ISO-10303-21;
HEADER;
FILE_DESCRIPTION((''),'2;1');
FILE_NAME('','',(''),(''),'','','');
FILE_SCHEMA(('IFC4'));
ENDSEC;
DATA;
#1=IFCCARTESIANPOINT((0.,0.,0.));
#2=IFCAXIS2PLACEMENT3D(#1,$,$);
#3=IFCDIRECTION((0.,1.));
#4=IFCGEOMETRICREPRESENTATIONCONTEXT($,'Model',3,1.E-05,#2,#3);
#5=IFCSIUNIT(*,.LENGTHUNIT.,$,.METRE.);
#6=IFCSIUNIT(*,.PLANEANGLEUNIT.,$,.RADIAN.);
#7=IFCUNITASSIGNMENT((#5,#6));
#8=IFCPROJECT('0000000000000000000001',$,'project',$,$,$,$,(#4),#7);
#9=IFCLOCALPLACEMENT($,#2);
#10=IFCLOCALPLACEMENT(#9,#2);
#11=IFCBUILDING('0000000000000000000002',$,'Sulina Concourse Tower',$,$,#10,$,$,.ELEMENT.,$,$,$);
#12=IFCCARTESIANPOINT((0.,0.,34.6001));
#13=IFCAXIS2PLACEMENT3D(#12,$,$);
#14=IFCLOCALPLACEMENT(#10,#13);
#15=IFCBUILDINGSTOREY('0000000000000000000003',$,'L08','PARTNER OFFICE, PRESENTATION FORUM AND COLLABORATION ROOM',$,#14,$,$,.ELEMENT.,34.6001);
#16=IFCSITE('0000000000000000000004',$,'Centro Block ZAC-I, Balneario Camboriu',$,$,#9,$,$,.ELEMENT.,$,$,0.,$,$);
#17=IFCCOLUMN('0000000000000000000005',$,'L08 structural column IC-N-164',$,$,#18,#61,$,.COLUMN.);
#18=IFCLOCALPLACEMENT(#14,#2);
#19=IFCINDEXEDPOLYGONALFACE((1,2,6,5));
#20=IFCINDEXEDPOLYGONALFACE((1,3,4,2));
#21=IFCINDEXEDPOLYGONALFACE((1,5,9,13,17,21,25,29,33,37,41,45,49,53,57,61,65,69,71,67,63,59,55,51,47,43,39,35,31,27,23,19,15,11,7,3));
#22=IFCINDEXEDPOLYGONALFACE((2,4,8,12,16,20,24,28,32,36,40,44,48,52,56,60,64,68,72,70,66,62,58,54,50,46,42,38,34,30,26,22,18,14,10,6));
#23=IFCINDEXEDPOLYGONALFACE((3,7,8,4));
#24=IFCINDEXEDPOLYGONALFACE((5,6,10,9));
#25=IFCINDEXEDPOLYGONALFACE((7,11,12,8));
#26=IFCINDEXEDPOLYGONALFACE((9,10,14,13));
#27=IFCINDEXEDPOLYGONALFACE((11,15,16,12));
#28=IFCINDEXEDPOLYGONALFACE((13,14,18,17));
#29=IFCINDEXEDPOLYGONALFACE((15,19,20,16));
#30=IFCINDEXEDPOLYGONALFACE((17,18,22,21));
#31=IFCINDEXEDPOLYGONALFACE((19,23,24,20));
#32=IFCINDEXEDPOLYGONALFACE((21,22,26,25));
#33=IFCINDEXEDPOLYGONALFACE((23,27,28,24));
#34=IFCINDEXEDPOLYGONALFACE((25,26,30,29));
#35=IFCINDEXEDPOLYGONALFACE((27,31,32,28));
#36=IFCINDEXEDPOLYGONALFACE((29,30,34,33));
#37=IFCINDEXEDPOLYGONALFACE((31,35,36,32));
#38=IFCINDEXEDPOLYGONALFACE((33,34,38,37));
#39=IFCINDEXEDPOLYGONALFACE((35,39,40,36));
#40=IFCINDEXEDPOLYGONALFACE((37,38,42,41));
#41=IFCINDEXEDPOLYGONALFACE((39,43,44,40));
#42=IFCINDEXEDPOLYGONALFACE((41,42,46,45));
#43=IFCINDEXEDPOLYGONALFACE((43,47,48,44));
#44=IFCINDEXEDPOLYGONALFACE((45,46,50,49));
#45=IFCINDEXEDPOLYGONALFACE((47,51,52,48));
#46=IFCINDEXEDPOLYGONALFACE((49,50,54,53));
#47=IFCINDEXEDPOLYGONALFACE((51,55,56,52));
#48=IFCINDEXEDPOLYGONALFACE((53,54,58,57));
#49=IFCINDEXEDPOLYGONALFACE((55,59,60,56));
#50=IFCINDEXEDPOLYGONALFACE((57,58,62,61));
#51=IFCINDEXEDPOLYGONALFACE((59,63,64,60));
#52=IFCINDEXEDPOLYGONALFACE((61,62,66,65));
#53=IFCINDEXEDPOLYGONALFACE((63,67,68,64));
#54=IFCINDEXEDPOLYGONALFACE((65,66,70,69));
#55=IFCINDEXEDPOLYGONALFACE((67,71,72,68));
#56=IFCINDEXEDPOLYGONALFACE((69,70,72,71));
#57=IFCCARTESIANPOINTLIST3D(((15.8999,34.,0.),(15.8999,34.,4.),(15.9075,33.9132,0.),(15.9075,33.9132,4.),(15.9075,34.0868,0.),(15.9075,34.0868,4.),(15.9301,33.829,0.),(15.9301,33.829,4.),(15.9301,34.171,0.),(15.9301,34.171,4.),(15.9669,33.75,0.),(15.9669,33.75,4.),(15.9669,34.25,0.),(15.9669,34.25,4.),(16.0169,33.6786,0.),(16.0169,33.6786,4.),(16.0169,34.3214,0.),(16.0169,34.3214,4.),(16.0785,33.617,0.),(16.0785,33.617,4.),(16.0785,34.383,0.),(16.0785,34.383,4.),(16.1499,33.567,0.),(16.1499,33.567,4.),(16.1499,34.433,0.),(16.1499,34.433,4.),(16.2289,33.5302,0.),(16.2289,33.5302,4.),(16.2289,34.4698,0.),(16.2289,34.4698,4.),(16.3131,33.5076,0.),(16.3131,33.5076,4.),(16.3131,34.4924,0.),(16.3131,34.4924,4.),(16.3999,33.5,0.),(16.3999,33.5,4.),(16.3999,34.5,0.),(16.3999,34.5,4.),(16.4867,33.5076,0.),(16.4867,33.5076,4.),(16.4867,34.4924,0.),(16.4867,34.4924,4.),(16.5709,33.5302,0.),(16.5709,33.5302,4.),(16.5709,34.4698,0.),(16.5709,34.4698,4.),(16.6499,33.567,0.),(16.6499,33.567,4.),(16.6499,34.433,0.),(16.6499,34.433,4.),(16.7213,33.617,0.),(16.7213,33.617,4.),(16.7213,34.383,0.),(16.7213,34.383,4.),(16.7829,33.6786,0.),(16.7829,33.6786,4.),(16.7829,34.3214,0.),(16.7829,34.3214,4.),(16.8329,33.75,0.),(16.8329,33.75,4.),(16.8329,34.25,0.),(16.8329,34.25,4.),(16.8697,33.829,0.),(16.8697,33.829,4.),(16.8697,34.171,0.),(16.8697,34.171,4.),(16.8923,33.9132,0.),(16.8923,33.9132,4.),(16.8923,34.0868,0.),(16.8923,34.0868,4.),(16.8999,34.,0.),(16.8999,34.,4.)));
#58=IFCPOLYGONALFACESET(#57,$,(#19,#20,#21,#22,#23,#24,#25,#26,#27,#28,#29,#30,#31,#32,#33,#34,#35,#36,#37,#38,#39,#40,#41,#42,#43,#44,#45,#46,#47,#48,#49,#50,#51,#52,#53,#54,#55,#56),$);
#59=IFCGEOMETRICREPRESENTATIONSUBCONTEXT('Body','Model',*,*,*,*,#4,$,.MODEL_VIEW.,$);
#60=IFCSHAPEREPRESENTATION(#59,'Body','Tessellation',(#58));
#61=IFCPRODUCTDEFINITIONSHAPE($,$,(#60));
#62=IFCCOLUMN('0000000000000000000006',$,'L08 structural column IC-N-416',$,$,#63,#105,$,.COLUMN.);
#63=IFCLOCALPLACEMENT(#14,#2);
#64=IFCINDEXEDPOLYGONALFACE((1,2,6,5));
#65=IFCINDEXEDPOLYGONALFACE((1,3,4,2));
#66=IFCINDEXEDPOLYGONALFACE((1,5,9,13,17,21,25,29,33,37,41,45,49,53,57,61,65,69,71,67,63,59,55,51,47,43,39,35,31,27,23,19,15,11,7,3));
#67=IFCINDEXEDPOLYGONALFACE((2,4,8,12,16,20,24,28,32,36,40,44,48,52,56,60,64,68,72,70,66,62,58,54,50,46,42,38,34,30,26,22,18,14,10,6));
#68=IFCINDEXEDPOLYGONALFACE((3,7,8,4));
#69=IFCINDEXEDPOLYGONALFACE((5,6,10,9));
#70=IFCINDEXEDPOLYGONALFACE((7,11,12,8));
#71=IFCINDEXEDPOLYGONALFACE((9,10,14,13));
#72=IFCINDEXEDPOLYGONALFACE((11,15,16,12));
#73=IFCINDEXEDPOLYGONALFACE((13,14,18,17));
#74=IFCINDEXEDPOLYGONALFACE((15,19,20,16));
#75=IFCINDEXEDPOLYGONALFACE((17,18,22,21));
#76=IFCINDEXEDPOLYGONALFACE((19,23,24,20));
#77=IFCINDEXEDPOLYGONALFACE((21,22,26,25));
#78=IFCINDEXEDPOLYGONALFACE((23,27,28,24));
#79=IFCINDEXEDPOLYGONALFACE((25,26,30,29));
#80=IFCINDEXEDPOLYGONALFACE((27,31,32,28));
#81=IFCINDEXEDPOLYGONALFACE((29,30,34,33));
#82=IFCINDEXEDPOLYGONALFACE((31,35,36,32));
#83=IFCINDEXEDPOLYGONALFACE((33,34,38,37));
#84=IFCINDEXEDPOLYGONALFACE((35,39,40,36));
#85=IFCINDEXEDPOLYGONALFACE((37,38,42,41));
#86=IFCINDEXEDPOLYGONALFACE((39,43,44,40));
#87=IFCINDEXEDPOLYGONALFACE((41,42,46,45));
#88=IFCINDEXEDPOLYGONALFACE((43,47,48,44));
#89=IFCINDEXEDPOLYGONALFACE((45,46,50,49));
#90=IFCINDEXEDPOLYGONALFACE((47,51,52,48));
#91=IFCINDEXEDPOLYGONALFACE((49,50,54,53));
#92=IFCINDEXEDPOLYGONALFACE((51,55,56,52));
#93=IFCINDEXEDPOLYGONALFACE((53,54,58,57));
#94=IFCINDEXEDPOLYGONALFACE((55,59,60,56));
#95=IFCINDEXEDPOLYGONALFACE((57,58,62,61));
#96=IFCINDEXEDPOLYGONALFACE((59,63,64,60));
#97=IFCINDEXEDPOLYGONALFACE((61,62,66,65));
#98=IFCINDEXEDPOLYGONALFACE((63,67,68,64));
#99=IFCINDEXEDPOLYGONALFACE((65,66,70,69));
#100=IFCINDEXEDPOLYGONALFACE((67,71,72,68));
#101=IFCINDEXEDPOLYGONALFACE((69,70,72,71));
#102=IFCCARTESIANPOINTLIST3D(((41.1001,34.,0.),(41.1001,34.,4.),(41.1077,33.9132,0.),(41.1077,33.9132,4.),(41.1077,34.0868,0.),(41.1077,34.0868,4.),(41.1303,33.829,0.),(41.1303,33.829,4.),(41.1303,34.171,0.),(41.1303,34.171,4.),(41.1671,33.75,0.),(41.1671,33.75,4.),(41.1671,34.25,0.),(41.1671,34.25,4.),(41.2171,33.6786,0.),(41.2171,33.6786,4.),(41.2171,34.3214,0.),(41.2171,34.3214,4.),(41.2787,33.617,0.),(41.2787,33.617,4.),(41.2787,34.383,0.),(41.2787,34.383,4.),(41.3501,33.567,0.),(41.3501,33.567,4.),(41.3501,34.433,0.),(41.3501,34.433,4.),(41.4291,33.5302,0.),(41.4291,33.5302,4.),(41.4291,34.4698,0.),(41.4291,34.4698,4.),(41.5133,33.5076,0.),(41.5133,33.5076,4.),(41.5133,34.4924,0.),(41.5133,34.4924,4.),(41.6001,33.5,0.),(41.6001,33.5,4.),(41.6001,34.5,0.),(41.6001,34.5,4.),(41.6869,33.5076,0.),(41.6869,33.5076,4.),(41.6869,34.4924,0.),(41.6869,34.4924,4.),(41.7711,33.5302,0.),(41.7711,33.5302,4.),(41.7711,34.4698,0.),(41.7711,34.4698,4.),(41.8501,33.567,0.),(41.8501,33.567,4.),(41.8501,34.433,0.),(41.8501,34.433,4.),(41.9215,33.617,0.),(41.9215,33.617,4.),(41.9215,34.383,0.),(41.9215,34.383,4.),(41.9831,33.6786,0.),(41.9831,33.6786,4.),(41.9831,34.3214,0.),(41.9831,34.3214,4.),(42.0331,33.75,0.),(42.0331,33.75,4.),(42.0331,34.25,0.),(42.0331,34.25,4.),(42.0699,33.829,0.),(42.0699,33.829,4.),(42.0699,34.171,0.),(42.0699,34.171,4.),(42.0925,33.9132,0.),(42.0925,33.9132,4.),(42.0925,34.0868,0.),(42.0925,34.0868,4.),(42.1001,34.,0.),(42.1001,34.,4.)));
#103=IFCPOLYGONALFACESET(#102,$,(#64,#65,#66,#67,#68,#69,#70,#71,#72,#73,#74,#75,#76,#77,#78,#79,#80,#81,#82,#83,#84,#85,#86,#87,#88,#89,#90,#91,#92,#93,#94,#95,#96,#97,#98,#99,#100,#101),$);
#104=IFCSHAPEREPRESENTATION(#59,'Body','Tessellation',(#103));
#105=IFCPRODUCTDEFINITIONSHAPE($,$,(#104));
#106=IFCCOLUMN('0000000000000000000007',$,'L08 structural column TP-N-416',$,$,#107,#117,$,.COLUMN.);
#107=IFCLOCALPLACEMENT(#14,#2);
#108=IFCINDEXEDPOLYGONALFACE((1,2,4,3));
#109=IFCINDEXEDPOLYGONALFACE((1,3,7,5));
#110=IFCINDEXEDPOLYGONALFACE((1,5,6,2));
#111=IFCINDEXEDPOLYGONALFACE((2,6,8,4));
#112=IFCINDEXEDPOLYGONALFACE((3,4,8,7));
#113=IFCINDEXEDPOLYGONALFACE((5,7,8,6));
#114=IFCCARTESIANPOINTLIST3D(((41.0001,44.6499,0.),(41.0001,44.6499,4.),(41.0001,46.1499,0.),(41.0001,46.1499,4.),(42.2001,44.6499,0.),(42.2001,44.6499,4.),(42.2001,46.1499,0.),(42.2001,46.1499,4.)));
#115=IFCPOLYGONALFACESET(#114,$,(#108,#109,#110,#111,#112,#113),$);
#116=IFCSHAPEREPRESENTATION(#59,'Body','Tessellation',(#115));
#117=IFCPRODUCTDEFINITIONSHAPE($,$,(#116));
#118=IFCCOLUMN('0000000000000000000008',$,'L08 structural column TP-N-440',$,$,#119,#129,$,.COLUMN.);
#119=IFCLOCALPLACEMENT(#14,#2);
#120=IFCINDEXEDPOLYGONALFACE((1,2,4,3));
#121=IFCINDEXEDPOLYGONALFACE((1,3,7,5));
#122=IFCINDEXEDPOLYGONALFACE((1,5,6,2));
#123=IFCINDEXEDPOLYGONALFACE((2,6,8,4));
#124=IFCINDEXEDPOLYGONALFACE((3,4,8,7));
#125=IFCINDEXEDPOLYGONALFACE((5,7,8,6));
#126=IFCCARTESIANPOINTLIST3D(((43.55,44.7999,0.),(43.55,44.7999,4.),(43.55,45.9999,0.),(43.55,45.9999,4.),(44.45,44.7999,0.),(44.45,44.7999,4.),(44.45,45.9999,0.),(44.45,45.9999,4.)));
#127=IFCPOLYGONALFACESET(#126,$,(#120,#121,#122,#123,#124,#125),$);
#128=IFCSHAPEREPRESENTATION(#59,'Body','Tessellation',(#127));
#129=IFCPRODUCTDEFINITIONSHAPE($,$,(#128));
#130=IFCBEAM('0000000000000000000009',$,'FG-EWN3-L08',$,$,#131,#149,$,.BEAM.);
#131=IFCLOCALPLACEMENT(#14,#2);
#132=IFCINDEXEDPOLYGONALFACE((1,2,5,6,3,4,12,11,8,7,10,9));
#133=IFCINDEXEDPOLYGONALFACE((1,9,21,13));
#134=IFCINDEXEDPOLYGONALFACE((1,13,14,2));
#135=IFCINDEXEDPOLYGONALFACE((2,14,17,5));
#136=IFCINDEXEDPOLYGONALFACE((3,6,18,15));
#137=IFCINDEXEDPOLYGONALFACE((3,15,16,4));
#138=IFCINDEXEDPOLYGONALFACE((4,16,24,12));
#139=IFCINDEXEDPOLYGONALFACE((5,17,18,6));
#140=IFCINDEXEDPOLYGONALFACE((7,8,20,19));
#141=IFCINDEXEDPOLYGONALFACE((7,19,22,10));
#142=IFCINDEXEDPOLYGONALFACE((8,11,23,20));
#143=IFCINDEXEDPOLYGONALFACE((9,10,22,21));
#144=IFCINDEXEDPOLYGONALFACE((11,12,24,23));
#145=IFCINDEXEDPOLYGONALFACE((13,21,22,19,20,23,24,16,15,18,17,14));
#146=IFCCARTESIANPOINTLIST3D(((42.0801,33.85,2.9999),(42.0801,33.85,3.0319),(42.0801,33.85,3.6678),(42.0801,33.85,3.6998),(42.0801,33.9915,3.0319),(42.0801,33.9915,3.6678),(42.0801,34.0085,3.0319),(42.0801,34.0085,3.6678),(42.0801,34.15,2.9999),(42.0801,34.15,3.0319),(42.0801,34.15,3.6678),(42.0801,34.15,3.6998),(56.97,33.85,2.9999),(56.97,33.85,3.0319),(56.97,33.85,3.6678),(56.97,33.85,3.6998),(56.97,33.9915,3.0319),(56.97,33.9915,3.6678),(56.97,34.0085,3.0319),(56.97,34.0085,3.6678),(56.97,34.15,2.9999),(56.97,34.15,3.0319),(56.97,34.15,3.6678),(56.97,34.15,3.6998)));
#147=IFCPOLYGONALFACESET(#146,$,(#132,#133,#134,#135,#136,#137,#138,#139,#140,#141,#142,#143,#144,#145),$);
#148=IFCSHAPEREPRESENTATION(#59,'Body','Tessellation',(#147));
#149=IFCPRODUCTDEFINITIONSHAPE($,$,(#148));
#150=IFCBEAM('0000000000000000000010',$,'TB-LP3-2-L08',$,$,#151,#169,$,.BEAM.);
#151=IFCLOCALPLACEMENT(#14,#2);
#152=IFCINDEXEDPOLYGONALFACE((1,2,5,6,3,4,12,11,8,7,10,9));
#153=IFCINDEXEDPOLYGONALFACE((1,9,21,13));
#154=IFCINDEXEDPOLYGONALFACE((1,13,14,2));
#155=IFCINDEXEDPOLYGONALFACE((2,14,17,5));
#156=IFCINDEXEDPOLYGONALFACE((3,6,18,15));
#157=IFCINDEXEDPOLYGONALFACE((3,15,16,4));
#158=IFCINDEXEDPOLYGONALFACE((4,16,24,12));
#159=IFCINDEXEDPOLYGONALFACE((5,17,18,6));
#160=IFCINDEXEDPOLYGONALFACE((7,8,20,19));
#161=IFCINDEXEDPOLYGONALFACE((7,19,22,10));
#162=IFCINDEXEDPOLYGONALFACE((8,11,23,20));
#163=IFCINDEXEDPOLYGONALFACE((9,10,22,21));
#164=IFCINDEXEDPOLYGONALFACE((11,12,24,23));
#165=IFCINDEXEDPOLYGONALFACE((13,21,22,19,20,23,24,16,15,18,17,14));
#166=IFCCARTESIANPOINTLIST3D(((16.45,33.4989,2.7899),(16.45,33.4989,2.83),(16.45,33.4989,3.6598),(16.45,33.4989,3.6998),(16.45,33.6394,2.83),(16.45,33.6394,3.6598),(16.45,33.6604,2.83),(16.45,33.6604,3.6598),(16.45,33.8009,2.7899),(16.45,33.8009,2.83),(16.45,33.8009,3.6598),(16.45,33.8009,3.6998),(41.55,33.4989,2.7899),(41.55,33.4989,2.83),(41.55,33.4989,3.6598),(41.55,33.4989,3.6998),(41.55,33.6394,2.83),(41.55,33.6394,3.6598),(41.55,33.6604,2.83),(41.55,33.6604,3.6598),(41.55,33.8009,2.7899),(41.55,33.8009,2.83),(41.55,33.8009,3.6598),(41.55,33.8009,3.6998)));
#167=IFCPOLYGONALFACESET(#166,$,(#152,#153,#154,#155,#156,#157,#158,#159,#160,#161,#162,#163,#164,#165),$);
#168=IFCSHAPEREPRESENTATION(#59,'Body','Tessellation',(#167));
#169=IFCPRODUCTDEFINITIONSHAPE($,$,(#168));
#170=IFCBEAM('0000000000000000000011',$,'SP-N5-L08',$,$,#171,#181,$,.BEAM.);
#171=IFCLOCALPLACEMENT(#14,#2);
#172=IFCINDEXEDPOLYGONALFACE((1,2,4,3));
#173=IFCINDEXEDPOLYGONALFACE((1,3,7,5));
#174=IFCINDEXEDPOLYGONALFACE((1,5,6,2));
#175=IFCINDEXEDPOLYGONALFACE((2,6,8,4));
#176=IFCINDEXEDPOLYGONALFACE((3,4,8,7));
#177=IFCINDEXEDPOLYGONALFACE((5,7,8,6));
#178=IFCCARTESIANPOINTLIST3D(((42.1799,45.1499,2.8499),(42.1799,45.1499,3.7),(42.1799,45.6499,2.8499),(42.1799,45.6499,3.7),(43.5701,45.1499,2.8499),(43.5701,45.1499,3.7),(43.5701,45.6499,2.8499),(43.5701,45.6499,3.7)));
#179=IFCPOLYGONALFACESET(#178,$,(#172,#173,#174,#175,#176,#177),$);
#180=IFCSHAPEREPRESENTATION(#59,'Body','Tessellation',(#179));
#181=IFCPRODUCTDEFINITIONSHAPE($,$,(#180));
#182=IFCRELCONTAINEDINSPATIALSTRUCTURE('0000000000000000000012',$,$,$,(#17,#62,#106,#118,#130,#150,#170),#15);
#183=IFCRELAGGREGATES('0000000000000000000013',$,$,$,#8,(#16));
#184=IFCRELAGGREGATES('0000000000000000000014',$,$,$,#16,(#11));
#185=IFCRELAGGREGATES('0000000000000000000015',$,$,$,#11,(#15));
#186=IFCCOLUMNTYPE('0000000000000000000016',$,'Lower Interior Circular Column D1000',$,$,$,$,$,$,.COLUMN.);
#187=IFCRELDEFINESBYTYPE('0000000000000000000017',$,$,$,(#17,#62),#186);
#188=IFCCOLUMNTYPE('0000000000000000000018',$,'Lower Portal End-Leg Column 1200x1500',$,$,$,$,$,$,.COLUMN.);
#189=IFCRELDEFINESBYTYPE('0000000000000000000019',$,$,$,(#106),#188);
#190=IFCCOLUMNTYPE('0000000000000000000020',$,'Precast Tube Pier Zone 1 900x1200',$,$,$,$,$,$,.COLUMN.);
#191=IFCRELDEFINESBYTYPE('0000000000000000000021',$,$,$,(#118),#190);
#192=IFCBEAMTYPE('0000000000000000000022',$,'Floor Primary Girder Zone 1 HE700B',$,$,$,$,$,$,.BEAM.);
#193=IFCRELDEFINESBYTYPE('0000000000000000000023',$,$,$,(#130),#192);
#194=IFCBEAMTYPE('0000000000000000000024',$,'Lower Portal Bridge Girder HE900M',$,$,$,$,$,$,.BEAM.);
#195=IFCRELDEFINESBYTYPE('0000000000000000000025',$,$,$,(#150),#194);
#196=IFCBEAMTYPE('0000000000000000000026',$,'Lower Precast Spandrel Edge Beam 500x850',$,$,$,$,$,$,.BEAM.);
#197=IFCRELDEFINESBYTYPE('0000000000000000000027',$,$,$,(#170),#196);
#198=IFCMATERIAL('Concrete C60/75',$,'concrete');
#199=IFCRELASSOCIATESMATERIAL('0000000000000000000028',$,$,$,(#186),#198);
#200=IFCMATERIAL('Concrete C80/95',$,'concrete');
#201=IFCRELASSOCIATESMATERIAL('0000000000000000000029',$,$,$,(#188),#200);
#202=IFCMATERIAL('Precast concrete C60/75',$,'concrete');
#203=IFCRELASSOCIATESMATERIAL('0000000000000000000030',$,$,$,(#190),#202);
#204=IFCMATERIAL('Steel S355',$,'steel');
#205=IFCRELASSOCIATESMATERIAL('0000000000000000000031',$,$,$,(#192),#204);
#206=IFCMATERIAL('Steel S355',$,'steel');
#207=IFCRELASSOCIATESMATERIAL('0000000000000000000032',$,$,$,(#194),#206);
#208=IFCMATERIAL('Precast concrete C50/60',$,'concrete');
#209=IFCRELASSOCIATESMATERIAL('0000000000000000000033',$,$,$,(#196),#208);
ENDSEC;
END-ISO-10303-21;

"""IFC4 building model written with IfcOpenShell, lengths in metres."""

from ifc_helpers import new_model, si_unit, direction, frame, origin, origin_2d, place, context, subcontext, project, spatial, rectangle, circle, i_section, extrude, material, material_profile, profile_set, type_object, element, save


model = new_model("IFC4")

# Units and contexts
model_context = context("Model", 3, precision=1e-05, world=origin(), true_north=direction((0.0, 1.0)))
body_context = subcontext(model_context, "Body", "Model", "MODEL_VIEW")
ifc_project = project(units=[si_unit("LENGTHUNIT", "METRE"), si_unit("PLANEANGLEUNIT", "RADIAN")], contexts=[model_context])

# Site, building, storey
site_placement = place(None, origin())
site = spatial("IfcSite", under=ifc_project, at=site_placement, Name="Centro Block ZAC-I, Balneario Camboriu", CompositionType="ELEMENT", RefElevation=0.0)
building_placement = place(site_placement, origin())
building = spatial("IfcBuilding", under=site, at=building_placement, Name="Sulina Concourse Tower", CompositionType="ELEMENT")
storey_placement = place(building_placement, frame((0.0, 0.0, 34.6001)))
storey = spatial("IfcBuildingStorey", under=building, at=storey_placement, Name="L08", Description="PARTNER OFFICE, PRESENTATION FORUM AND COLLABORATION ROOM", CompositionType="ELEMENT", Elevation=34.6001)

# Columns
ifc_material_1 = material(Name="Concrete C60/75", Category="concrete")
ifc_material_profile_1 = material_profile(ifc_material_1, circle(Radius=0.5, at=origin_2d()), Name="RC D1000")
ifc_profile_set_1 = profile_set([ifc_material_profile_1], Name="Concrete C60/75")
column_type_1 = type_object("IfcColumnType", Name="Lower Interior Circular Column D1000", PredefinedType="COLUMN", material=ifc_profile_set_1)
for number, where, z_axis, x_axis, name in (
    (1, (16.3999, 34.0, 0.0), (0.0, 0.0, 1.0), (1.0, 0.0, 0.0), "L08 structural column IC-N-164"),
    (2, (41.6001, 34.0, 0.0), (0.0, 0.0, 1.0), (1.0, 0.0, 0.0), "L08 structural column IC-N-416"),
):
    element("IfcColumn", number, at=place(storey_placement, frame(where, z_axis=z_axis, x_axis=x_axis)), inside=storey, type_object=column_type_1, Name=name, PredefinedType="COLUMN", context=body_context, shape_type="SweptSolid", body=[
        extrude(circle(Radius=0.5, at=origin_2d()), origin(), (0.0, 0.0, 1.0), 4.0),
    ])
ifc_material_2 = material(Name="Concrete C80/95", Category="concrete")
ifc_material_profile_2 = material_profile(ifc_material_2, rectangle(XDim=1.2, YDim=1.5, at=origin_2d()), Name="RC 1200x1500")
ifc_profile_set_2 = profile_set([ifc_material_profile_2], Name="Concrete C80/95")
column_type_2 = type_object("IfcColumnType", Name="Lower Portal End-Leg Column 1200x1500", PredefinedType="COLUMN", material=ifc_profile_set_2)
column_1_placement = place(storey_placement, frame((41.6001, 45.3999, 0.0), z_axis=(0.0, 0.0, 1.0), x_axis=(1.0, 0.0, 0.0)))
element("IfcColumn", 3, at=column_1_placement, inside=storey, type_object=column_type_2, Name="L08 structural column TP-N-416", PredefinedType="COLUMN", context=body_context, shape_type="SweptSolid", body=[
    extrude(rectangle(XDim=1.2, YDim=1.5, at=origin_2d()), origin(), (0.0, 0.0, 1.0), 4.0),
])
ifc_material_3 = material(Name="Precast concrete C60/75", Category="concrete")
ifc_material_profile_3 = material_profile(ifc_material_3, rectangle(XDim=0.8999, YDim=1.2, at=origin_2d()), Name="PC 900x1200")
ifc_profile_set_3 = profile_set([ifc_material_profile_3], Name="Precast concrete C60/75")
column_type_3 = type_object("IfcColumnType", Name="Precast Tube Pier Zone 1 900x1200", PredefinedType="COLUMN", material=ifc_profile_set_3)
column_2_placement = place(storey_placement, frame((44.0, 45.3999, 0.0), z_axis=(0.0, 0.0, 1.0), x_axis=(1.0, 0.0, 0.0)))
element("IfcColumn", 4, at=column_2_placement, inside=storey, type_object=column_type_3, Name="L08 structural column TP-N-440", PredefinedType="COLUMN", context=body_context, shape_type="SweptSolid", body=[
    extrude(rectangle(XDim=0.8999, YDim=1.2, at=origin_2d()), origin(), (0.0, 0.0, 1.0), 4.0),
])

# Beams
ifc_material_4 = material(Name="Steel S355", Category="steel")
ifc_material_profile_4 = material_profile(ifc_material_4, i_section(OverallWidth=0.3, OverallDepth=0.7, WebThickness=0.0171, FlangeThickness=0.032, at=origin_2d()), Name="HE 700 B")
ifc_profile_set_4 = profile_set([ifc_material_profile_4], Name="Steel S355")
beam_type_1 = type_object("IfcBeamType", Name="Floor Primary Girder Zone 1 HE700B", PredefinedType="BEAM", material=ifc_profile_set_4)
beam_1_placement = place(storey_placement, frame((42.0801, 34.0, 3.3499), z_axis=(1.0, 0.0, 0.0), x_axis=(0.0, 1.0, 0.0)))
element("IfcBeam", 5, at=beam_1_placement, inside=storey, type_object=beam_type_1, Name="FG-EWN3-L08", PredefinedType="BEAM", context=body_context, shape_type="SweptSolid", body=[
    extrude(i_section(OverallWidth=0.3, OverallDepth=0.7, WebThickness=0.0171, FlangeThickness=0.032, at=origin_2d()), origin(), (0.0, 0.0, 1.0), 14.8899),
])
ifc_material_5 = material(Name="Steel S355", Category="steel")
ifc_material_profile_5 = material_profile(ifc_material_5, i_section(OverallWidth=0.302, OverallDepth=0.9099, WebThickness=0.021, FlangeThickness=0.04, at=origin_2d()), Name="HE 900 M")
ifc_profile_set_5 = profile_set([ifc_material_profile_5], Name="Steel S355")
beam_type_2 = type_object("IfcBeamType", Name="Lower Portal Bridge Girder HE900M", PredefinedType="BEAM", material=ifc_profile_set_5)
beam_2_placement = place(storey_placement, frame((16.45, 33.6499, 3.2449), z_axis=(1.0, 0.0, 0.0), x_axis=(0.0, 1.0, 0.0)))
element("IfcBeam", 6, at=beam_2_placement, inside=storey, type_object=beam_type_2, Name="TB-LP3-2-L08", PredefinedType="BEAM", context=body_context, shape_type="SweptSolid", body=[
    extrude(i_section(OverallWidth=0.302, OverallDepth=0.9099, WebThickness=0.021, FlangeThickness=0.04, at=origin_2d()), origin(), (0.0, 0.0, 1.0), 25.1001),
])
ifc_material_6 = material(Name="Precast concrete C50/60", Category="concrete")
ifc_material_profile_6 = material_profile(ifc_material_6, rectangle(XDim=0.5, YDim=0.8501, at=origin_2d()), Name="RC 500x850")
ifc_profile_set_6 = profile_set([ifc_material_profile_6], Name="Precast concrete C50/60")
beam_type_3 = type_object("IfcBeamType", Name="Lower Precast Spandrel Edge Beam 500x850", PredefinedType="BEAM", material=ifc_profile_set_6)
beam_3_placement = place(storey_placement, frame((42.1799, 45.3999, 3.2749), z_axis=(1.0, 0.0, 0.0), x_axis=(0.0, 1.0, 0.0)))
element("IfcBeam", 7, at=beam_3_placement, inside=storey, type_object=beam_type_3, Name="SP-N5-L08", PredefinedType="BEAM", context=body_context, shape_type="SweptSolid", body=[
    extrude(rectangle(XDim=0.5, YDim=0.8501, at=origin_2d()), origin(), (0.0, 0.0, 1.0), 1.3901),
])

save(model, "model.ifc")
